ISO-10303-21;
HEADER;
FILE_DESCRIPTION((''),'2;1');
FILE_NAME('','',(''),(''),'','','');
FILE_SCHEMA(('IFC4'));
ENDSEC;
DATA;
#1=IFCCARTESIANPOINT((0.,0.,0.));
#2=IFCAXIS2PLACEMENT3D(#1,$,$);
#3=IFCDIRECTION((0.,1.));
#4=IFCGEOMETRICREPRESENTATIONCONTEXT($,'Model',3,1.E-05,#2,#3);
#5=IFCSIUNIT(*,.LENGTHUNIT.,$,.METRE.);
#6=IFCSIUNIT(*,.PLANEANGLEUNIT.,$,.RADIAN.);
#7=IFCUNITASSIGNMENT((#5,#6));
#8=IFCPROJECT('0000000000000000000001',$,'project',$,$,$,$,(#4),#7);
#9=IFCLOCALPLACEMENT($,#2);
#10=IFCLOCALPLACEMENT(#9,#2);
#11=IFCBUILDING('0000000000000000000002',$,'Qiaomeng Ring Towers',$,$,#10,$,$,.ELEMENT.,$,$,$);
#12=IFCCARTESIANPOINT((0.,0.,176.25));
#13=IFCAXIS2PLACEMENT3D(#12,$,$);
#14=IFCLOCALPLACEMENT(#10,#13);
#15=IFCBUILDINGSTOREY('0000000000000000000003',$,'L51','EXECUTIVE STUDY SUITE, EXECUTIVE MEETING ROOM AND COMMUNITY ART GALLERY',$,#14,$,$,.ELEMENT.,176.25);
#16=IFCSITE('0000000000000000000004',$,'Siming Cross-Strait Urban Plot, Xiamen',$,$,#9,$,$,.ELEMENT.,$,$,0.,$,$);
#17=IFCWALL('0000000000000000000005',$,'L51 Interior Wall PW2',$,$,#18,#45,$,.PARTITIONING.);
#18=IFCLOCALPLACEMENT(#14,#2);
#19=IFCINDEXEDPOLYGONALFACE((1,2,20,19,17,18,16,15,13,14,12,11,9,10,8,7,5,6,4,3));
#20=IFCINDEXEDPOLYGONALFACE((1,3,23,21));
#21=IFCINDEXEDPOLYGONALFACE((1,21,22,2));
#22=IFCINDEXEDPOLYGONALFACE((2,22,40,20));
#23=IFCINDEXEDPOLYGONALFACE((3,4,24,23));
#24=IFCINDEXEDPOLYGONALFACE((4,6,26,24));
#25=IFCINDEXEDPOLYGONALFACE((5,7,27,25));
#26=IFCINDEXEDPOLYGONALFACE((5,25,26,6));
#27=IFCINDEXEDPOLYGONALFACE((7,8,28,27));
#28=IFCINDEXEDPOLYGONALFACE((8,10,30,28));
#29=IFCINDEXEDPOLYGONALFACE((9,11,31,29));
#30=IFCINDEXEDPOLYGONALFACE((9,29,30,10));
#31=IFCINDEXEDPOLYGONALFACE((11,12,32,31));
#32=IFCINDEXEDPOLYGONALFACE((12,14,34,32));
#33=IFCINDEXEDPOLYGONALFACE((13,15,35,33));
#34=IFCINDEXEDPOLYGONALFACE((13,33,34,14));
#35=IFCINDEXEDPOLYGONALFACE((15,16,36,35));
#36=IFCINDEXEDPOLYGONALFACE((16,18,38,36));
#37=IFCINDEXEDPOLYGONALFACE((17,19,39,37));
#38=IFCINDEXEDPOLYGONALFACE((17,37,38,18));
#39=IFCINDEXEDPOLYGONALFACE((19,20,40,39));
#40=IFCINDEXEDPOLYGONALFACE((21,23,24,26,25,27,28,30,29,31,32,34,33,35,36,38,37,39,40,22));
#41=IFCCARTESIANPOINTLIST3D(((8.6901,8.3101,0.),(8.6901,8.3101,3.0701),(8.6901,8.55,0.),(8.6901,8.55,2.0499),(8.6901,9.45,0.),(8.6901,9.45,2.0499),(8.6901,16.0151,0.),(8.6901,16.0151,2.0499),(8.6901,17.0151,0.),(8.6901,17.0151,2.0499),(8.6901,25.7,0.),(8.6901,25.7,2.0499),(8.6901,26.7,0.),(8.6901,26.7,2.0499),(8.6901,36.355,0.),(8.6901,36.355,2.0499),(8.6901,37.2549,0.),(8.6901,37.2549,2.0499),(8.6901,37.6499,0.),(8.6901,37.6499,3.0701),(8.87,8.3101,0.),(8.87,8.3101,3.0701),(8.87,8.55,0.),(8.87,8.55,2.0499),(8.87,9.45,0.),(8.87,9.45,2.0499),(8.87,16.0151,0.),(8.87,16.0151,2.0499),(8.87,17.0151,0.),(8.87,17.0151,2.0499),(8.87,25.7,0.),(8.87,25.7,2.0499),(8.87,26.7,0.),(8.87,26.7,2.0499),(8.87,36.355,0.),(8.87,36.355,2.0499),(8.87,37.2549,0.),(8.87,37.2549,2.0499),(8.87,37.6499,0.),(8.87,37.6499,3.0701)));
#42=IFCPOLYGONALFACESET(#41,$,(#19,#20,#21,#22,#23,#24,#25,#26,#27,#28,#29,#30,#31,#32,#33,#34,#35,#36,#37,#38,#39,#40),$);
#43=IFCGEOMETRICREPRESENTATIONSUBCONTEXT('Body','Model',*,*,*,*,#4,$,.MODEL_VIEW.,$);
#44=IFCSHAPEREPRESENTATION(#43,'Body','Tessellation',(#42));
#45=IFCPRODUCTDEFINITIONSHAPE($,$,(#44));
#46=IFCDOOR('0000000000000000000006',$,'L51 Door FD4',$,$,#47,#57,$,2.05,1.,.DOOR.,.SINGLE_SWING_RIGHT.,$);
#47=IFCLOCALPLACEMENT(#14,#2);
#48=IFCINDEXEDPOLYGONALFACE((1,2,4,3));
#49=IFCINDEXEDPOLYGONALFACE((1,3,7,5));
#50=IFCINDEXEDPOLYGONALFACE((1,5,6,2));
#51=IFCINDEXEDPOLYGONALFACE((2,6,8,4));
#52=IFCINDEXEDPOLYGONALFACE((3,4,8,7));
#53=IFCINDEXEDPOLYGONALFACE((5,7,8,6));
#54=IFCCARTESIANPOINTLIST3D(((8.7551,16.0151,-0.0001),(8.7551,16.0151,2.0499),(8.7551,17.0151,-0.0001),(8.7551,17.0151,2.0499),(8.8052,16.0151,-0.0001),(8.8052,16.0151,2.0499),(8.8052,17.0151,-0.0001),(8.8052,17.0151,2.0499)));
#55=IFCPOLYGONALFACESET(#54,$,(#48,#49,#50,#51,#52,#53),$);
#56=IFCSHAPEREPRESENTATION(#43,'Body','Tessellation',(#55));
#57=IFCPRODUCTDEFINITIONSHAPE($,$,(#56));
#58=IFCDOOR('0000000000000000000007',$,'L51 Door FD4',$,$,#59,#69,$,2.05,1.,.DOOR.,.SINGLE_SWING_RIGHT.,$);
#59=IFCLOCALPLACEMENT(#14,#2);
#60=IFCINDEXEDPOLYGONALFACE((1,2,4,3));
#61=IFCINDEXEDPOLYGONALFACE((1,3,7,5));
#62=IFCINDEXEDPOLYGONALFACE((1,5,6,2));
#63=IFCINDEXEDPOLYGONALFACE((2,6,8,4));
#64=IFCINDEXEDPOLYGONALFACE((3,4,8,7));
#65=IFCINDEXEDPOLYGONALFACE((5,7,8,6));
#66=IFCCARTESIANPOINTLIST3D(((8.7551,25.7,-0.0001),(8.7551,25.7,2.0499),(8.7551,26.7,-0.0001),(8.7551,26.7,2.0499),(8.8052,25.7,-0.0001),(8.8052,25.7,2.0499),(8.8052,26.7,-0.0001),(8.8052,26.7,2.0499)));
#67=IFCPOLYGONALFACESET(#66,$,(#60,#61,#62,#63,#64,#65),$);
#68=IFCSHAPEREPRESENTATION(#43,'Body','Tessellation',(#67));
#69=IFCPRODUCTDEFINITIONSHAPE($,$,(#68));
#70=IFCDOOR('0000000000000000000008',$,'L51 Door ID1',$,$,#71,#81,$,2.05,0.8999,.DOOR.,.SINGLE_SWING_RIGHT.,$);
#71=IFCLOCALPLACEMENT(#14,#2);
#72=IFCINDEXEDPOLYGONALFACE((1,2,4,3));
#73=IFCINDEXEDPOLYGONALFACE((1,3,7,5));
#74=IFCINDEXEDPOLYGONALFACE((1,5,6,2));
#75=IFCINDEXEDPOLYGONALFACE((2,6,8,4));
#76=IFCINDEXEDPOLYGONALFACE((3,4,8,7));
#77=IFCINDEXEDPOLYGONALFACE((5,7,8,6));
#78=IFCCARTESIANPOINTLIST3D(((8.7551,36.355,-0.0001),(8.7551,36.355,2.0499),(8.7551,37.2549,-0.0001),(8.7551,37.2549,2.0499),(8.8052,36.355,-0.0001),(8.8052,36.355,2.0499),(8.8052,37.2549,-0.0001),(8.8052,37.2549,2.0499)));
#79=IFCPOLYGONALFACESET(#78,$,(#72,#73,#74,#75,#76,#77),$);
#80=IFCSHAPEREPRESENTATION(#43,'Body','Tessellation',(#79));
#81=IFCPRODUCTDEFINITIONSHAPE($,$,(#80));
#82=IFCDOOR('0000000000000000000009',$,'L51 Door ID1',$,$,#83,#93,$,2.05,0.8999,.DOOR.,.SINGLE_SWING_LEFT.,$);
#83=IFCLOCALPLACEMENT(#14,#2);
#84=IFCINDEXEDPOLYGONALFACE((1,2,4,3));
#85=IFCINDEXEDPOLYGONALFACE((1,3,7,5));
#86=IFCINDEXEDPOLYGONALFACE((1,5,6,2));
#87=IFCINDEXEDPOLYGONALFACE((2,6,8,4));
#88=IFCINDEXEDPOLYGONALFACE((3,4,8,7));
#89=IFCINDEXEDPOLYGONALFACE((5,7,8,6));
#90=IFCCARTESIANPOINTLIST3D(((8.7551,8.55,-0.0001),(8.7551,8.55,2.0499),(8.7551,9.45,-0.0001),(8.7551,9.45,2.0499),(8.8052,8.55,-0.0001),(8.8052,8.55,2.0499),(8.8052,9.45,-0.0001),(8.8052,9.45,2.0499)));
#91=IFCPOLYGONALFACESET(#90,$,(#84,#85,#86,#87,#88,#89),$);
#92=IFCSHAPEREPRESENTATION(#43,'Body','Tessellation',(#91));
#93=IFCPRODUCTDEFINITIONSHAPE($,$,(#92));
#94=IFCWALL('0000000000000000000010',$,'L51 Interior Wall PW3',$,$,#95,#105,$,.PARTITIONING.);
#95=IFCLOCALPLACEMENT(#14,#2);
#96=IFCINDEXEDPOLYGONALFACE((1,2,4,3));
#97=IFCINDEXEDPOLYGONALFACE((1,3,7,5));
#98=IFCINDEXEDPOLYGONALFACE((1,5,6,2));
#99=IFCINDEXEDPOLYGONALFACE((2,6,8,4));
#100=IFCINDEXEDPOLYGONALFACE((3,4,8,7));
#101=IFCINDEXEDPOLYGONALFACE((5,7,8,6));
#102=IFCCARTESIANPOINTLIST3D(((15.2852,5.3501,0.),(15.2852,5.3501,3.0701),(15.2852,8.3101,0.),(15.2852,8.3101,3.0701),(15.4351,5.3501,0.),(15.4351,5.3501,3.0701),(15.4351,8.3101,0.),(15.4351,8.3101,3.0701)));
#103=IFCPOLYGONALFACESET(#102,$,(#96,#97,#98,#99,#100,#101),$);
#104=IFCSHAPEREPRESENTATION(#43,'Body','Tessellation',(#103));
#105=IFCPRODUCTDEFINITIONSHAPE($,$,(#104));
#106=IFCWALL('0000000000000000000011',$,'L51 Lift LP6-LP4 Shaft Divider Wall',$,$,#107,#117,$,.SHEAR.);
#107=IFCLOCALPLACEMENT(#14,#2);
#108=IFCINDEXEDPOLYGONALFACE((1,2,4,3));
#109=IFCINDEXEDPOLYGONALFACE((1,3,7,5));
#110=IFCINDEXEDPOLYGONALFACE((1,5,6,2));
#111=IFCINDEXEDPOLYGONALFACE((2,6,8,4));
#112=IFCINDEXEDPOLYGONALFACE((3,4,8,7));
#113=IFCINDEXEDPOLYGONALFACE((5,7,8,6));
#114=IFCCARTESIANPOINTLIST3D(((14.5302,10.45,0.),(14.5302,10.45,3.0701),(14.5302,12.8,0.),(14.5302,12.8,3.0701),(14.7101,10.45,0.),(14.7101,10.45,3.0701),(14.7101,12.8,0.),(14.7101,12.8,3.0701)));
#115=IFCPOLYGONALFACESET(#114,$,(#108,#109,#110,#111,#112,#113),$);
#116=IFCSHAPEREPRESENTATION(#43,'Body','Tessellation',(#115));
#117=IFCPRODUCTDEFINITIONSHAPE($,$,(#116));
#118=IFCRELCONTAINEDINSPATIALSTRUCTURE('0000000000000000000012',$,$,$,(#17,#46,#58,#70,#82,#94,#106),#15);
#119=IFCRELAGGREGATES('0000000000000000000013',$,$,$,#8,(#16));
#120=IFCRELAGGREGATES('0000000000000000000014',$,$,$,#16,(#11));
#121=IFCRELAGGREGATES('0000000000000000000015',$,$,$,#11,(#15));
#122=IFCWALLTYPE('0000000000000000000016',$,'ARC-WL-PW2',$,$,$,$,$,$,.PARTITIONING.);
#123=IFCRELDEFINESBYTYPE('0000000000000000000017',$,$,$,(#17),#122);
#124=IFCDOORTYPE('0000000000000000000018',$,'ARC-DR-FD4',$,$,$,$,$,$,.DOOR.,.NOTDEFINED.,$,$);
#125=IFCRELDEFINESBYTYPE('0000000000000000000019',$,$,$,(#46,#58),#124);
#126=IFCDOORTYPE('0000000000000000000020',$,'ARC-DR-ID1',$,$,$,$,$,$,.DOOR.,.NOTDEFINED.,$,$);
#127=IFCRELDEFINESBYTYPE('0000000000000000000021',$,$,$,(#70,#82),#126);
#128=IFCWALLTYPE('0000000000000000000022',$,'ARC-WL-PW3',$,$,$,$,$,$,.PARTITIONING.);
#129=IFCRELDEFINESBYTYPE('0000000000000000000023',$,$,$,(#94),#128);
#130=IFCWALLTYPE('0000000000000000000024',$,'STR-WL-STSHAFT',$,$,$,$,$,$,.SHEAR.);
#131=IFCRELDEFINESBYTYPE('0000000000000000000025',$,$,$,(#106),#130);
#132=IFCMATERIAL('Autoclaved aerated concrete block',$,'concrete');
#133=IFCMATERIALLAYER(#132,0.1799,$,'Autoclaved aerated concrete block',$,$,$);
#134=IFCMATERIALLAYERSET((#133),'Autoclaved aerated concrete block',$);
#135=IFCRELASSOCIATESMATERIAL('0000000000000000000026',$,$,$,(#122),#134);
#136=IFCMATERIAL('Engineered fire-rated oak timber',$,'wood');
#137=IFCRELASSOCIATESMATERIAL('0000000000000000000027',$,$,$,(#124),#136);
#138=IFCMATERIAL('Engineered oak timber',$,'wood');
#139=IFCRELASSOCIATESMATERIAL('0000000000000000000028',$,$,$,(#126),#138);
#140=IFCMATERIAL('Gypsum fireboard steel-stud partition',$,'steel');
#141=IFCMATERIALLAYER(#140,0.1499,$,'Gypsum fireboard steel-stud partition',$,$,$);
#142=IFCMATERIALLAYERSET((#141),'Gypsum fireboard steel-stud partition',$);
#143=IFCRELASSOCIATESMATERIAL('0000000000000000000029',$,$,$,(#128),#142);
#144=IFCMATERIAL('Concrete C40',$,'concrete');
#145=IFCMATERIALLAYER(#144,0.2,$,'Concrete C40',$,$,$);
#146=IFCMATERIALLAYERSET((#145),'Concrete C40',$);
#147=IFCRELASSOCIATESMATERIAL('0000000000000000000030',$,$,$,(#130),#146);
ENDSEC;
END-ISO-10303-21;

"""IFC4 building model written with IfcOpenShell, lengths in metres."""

from ifc_helpers import new_model, si_unit, direction, frame, frame_2d, origin, place, context, subcontext, project, spatial, rectangle, extrude, source, transform, mapped, material, layer, layer_set, type_object, element, fill, save


model = new_model("IFC4")

# Units and contexts
model_context = context("Model", 3, precision=1e-05, world=origin(), true_north=direction((0.0, 1.0)))
body_context = subcontext(model_context, "Body", "Model", "MODEL_VIEW")
ifc_project = project(units=[si_unit("LENGTHUNIT", "METRE"), si_unit("PLANEANGLEUNIT", "RADIAN")], contexts=[model_context])

# Site, building, storey
site_placement = place(None, origin())
site = spatial("IfcSite", under=ifc_project, at=site_placement, Name="Siming Cross-Strait Urban Plot, Xiamen", CompositionType="ELEMENT", RefElevation=0.0)
building_placement = place(site_placement, origin())
building = spatial("IfcBuilding", under=site, at=building_placement, Name="Qiaomeng Ring Towers", CompositionType="ELEMENT")
storey_placement = place(building_placement, frame((0.0, 0.0, 176.25)))
storey = spatial("IfcBuildingStorey", under=building, at=storey_placement, Name="L51", Description="EXECUTIVE STUDY SUITE, EXECUTIVE MEETING ROOM AND COMMUNITY ART GALLERY", CompositionType="ELEMENT", Elevation=176.25)

# Shared definitions
ifc_material_1 = material(Name="Autoclaved aerated concrete block", Category="concrete")

# Wall, openings, doors
ifc_layer_1 = layer(ifc_material_1, 0.1799, Name="Autoclaved aerated concrete block")
ifc_layer_set_1 = layer_set([ifc_layer_1], Name="Autoclaved aerated concrete block")
wall_type_1 = type_object("IfcWallType", Name="ARC-WL-PW2", PredefinedType="PARTITIONING", material=ifc_layer_set_1)
ifc_material_2 = material(Name="Engineered fire-rated oak timber", Category="wood")
door_type_1 = type_object("IfcDoorType", Name="ARC-DR-FD4", OperationType="NOTDEFINED", PredefinedType="DOOR", material=ifc_material_2)
shared_shape_1 = source(origin(), body_context, "Body", "SweptSolid", [
    extrude(rectangle(XDim=1.0, YDim=2.05, at=frame_2d((0.5, 1.0249))), frame((0.0, 0.0249, 0.0), z_axis=(0.0, -1.0, 0.0), x_axis=(1.0, 0.0, 0.0)), (0.0, 0.0, 1.0), 0.05),
])
wall_1_placement = place(storey_placement, frame((8.78, 8.3101, 0.0), z_axis=(0.0, 0.0, 1.0), x_axis=(0.0, 1.0, 0.0)))
wall_1 = element("IfcWall", 1, at=wall_1_placement, inside=storey, type_object=wall_type_1, Name="L51 Interior Wall PW2", PredefinedType="PARTITIONING", context=body_context, shape_type="SweptSolid", body=[
    extrude(rectangle(XDim=29.3398, YDim=0.1799, at=frame_2d((14.6699, 0.0))), origin(), (0.0, 0.0, 1.0), 3.0701),
])
opening_1_placement = place(wall_1_placement, frame((28.0449, 0.0, 0.0)))
opening_1 = element("IfcOpeningElement", 2, at=opening_1_placement, cuts=wall_1, PredefinedType="OPENING", context=body_context, shape_type="SweptSolid", body=[
    extrude(rectangle(XDim=0.8999, YDim=2.05, at=frame_2d((0.45, 1.0249))), frame((0.0, 0.0999, 0.0), z_axis=(0.0, -1.0, 0.0), x_axis=(1.0, 0.0, 0.0)), (0.0, 0.0, 1.0), 0.2),
])
opening_2_placement = place(wall_1_placement, frame((0.24, 0.0, 0.0)))
opening_2 = element("IfcOpeningElement", 3, at=opening_2_placement, cuts=wall_1, PredefinedType="OPENING", context=body_context, shape_type="SweptSolid", body=[
    extrude(rectangle(XDim=0.8999, YDim=2.05, at=frame_2d((0.45, 1.0249))), frame((0.0, 0.0999, 0.0), z_axis=(0.0, -1.0, 0.0), x_axis=(1.0, 0.0, 0.0)), (0.0, 0.0, 1.0), 0.2),
])
opening_3_placement = place(wall_1_placement, frame((7.7051, 0.0, 0.0)))
opening_3 = element("IfcOpeningElement", 4, at=opening_3_placement, cuts=wall_1, PredefinedType="OPENING", context=body_context, shape_type="SweptSolid", body=[
    extrude(rectangle(XDim=1.0, YDim=2.05, at=frame_2d((0.5, 1.0249))), frame((0.0, 0.0999, 0.0), z_axis=(0.0, -1.0, 0.0), x_axis=(1.0, 0.0, 0.0)), (0.0, 0.0, 1.0), 0.2),
])
opening_4_placement = place(wall_1_placement, frame((17.3899, 0.0, 0.0)))
opening_4 = element("IfcOpeningElement", 5, at=opening_4_placement, cuts=wall_1, PredefinedType="OPENING", context=body_context, shape_type="SweptSolid", body=[
    extrude(rectangle(XDim=1.0, YDim=2.05, at=frame_2d((0.5, 1.0249))), frame((0.0, 0.0999, 0.0), z_axis=(0.0, -1.0, 0.0), x_axis=(1.0, 0.0, 0.0)), (0.0, 0.0, 1.0), 0.2),
])
door_1_placement = place(opening_3_placement, origin())
door_1 = element("IfcDoor", 6, at=door_1_placement, inside=storey, type_object=door_type_1, Name="L51 Door FD4", OperationType="SINGLE_SWING_RIGHT", OverallHeight=2.05, OverallWidth=1.0, PredefinedType="DOOR", context=body_context, shape_type="MappedRepresentation", body=[
    mapped(shared_shape_1, transform((0.0, 0.0, 0.0), x_axis=(1.0, 0.0, 0.0), y_axis=(0.0, 1.0, 0.0), z_axis=(0.0, 0.0, 1.0), scale=1.0)),
])
fill(opening_3, door_1)
door_2_placement = place(opening_4_placement, origin())
door_2 = element("IfcDoor", 7, at=door_2_placement, inside=storey, type_object=door_type_1, Name="L51 Door FD4", OperationType="SINGLE_SWING_RIGHT", OverallHeight=2.05, OverallWidth=1.0, PredefinedType="DOOR", context=body_context, shape_type="MappedRepresentation", body=[
    mapped(shared_shape_1, transform((0.0, 0.0, 0.0), x_axis=(1.0, 0.0, 0.0), y_axis=(0.0, 1.0, 0.0), z_axis=(0.0, 0.0, 1.0), scale=1.0)),
])
fill(opening_4, door_2)
ifc_material_3 = material(Name="Engineered oak timber", Category="wood")
door_type_2 = type_object("IfcDoorType", Name="ARC-DR-ID1", OperationType="NOTDEFINED", PredefinedType="DOOR", material=ifc_material_3)
shared_shape_2 = source(origin(), body_context, "Body", "SweptSolid", [
    extrude(rectangle(XDim=0.8999, YDim=2.05, at=frame_2d((0.45, 1.0249))), frame((0.0, 0.0249, 0.0), z_axis=(0.0, -1.0, 0.0), x_axis=(1.0, 0.0, 0.0)), (0.0, 0.0, 1.0), 0.05),
])
door_3_placement = place(opening_1_placement, origin())
door_3 = element("IfcDoor", 8, at=door_3_placement, inside=storey, type_object=door_type_2, Name="L51 Door ID1", OperationType="SINGLE_SWING_RIGHT", OverallHeight=2.05, OverallWidth=0.8999, PredefinedType="DOOR", context=body_context, shape_type="MappedRepresentation", body=[
    mapped(shared_shape_2, transform((0.0, 0.0, 0.0), x_axis=(1.0, 0.0, 0.0), y_axis=(0.0, 1.0, 0.0), z_axis=(0.0, 0.0, 1.0), scale=1.0)),
])
fill(opening_1, door_3)
door_4_placement = place(opening_2_placement, origin())
door_4 = element("IfcDoor", 9, at=door_4_placement, inside=storey, type_object=door_type_2, Name="L51 Door ID1", OperationType="SINGLE_SWING_LEFT", OverallHeight=2.05, OverallWidth=0.8999, PredefinedType="DOOR", context=body_context, shape_type="MappedRepresentation", body=[
    mapped(shared_shape_2, transform((0.0, 0.0, 0.0), x_axis=(1.0, 0.0, 0.0), y_axis=(0.0, 1.0, 0.0), z_axis=(0.0, 0.0, 1.0), scale=1.0)),
])
fill(opening_2, door_4)

# Walls
ifc_material_4 = material(Name="Gypsum fireboard steel-stud partition", Category="steel")
ifc_layer_2 = layer(ifc_material_4, 0.1499, Name="Gypsum fireboard steel-stud partition")
ifc_layer_set_2 = layer_set([ifc_layer_2], Name="Gypsum fireboard steel-stud partition")
wall_type_2 = type_object("IfcWallType", Name="ARC-WL-PW3", PredefinedType="PARTITIONING", material=ifc_layer_set_2)
wall_2_placement = place(storey_placement, frame((15.3601, 5.3501, 0.0), z_axis=(0.0, 0.0, 1.0), x_axis=(0.0, 1.0, 0.0)))
element("IfcWall", 10, at=wall_2_placement, inside=storey, type_object=wall_type_2, Name="L51 Interior Wall PW3", PredefinedType="PARTITIONING", context=body_context, shape_type="SweptSolid", body=[
    extrude(rectangle(XDim=2.96, YDim=0.1499, at=frame_2d((1.48, 0.0))), origin(), (0.0, 0.0, 1.0), 3.0701),
])
ifc_material_5 = material(Name="Concrete C40", Category="concrete")
ifc_layer_3 = layer(ifc_material_5, 0.2, Name="Concrete C40")
ifc_layer_set_3 = layer_set([ifc_layer_3], Name="Concrete C40")
wall_type_3 = type_object("IfcWallType", Name="STR-WL-STSHAFT", PredefinedType="SHEAR", material=ifc_layer_set_3)
wall_3_placement = place(storey_placement, frame((14.6201, 10.45, 0.0), z_axis=(0.0, 0.0, 1.0), x_axis=(0.0, 1.0, 0.0)))
element("IfcWall", 11, at=wall_3_placement, inside=storey, type_object=wall_type_3, Name="L51 Lift LP6-LP4 Shaft Divider Wall", PredefinedType="SHEAR", context=body_context, shape_type="SweptSolid", body=[
    extrude(rectangle(XDim=2.3501, YDim=0.1799, at=frame_2d((1.175, 0.0))), origin(), (0.0, 0.0, 1.0), 3.0701),
])

save(model, "model.ifc")
